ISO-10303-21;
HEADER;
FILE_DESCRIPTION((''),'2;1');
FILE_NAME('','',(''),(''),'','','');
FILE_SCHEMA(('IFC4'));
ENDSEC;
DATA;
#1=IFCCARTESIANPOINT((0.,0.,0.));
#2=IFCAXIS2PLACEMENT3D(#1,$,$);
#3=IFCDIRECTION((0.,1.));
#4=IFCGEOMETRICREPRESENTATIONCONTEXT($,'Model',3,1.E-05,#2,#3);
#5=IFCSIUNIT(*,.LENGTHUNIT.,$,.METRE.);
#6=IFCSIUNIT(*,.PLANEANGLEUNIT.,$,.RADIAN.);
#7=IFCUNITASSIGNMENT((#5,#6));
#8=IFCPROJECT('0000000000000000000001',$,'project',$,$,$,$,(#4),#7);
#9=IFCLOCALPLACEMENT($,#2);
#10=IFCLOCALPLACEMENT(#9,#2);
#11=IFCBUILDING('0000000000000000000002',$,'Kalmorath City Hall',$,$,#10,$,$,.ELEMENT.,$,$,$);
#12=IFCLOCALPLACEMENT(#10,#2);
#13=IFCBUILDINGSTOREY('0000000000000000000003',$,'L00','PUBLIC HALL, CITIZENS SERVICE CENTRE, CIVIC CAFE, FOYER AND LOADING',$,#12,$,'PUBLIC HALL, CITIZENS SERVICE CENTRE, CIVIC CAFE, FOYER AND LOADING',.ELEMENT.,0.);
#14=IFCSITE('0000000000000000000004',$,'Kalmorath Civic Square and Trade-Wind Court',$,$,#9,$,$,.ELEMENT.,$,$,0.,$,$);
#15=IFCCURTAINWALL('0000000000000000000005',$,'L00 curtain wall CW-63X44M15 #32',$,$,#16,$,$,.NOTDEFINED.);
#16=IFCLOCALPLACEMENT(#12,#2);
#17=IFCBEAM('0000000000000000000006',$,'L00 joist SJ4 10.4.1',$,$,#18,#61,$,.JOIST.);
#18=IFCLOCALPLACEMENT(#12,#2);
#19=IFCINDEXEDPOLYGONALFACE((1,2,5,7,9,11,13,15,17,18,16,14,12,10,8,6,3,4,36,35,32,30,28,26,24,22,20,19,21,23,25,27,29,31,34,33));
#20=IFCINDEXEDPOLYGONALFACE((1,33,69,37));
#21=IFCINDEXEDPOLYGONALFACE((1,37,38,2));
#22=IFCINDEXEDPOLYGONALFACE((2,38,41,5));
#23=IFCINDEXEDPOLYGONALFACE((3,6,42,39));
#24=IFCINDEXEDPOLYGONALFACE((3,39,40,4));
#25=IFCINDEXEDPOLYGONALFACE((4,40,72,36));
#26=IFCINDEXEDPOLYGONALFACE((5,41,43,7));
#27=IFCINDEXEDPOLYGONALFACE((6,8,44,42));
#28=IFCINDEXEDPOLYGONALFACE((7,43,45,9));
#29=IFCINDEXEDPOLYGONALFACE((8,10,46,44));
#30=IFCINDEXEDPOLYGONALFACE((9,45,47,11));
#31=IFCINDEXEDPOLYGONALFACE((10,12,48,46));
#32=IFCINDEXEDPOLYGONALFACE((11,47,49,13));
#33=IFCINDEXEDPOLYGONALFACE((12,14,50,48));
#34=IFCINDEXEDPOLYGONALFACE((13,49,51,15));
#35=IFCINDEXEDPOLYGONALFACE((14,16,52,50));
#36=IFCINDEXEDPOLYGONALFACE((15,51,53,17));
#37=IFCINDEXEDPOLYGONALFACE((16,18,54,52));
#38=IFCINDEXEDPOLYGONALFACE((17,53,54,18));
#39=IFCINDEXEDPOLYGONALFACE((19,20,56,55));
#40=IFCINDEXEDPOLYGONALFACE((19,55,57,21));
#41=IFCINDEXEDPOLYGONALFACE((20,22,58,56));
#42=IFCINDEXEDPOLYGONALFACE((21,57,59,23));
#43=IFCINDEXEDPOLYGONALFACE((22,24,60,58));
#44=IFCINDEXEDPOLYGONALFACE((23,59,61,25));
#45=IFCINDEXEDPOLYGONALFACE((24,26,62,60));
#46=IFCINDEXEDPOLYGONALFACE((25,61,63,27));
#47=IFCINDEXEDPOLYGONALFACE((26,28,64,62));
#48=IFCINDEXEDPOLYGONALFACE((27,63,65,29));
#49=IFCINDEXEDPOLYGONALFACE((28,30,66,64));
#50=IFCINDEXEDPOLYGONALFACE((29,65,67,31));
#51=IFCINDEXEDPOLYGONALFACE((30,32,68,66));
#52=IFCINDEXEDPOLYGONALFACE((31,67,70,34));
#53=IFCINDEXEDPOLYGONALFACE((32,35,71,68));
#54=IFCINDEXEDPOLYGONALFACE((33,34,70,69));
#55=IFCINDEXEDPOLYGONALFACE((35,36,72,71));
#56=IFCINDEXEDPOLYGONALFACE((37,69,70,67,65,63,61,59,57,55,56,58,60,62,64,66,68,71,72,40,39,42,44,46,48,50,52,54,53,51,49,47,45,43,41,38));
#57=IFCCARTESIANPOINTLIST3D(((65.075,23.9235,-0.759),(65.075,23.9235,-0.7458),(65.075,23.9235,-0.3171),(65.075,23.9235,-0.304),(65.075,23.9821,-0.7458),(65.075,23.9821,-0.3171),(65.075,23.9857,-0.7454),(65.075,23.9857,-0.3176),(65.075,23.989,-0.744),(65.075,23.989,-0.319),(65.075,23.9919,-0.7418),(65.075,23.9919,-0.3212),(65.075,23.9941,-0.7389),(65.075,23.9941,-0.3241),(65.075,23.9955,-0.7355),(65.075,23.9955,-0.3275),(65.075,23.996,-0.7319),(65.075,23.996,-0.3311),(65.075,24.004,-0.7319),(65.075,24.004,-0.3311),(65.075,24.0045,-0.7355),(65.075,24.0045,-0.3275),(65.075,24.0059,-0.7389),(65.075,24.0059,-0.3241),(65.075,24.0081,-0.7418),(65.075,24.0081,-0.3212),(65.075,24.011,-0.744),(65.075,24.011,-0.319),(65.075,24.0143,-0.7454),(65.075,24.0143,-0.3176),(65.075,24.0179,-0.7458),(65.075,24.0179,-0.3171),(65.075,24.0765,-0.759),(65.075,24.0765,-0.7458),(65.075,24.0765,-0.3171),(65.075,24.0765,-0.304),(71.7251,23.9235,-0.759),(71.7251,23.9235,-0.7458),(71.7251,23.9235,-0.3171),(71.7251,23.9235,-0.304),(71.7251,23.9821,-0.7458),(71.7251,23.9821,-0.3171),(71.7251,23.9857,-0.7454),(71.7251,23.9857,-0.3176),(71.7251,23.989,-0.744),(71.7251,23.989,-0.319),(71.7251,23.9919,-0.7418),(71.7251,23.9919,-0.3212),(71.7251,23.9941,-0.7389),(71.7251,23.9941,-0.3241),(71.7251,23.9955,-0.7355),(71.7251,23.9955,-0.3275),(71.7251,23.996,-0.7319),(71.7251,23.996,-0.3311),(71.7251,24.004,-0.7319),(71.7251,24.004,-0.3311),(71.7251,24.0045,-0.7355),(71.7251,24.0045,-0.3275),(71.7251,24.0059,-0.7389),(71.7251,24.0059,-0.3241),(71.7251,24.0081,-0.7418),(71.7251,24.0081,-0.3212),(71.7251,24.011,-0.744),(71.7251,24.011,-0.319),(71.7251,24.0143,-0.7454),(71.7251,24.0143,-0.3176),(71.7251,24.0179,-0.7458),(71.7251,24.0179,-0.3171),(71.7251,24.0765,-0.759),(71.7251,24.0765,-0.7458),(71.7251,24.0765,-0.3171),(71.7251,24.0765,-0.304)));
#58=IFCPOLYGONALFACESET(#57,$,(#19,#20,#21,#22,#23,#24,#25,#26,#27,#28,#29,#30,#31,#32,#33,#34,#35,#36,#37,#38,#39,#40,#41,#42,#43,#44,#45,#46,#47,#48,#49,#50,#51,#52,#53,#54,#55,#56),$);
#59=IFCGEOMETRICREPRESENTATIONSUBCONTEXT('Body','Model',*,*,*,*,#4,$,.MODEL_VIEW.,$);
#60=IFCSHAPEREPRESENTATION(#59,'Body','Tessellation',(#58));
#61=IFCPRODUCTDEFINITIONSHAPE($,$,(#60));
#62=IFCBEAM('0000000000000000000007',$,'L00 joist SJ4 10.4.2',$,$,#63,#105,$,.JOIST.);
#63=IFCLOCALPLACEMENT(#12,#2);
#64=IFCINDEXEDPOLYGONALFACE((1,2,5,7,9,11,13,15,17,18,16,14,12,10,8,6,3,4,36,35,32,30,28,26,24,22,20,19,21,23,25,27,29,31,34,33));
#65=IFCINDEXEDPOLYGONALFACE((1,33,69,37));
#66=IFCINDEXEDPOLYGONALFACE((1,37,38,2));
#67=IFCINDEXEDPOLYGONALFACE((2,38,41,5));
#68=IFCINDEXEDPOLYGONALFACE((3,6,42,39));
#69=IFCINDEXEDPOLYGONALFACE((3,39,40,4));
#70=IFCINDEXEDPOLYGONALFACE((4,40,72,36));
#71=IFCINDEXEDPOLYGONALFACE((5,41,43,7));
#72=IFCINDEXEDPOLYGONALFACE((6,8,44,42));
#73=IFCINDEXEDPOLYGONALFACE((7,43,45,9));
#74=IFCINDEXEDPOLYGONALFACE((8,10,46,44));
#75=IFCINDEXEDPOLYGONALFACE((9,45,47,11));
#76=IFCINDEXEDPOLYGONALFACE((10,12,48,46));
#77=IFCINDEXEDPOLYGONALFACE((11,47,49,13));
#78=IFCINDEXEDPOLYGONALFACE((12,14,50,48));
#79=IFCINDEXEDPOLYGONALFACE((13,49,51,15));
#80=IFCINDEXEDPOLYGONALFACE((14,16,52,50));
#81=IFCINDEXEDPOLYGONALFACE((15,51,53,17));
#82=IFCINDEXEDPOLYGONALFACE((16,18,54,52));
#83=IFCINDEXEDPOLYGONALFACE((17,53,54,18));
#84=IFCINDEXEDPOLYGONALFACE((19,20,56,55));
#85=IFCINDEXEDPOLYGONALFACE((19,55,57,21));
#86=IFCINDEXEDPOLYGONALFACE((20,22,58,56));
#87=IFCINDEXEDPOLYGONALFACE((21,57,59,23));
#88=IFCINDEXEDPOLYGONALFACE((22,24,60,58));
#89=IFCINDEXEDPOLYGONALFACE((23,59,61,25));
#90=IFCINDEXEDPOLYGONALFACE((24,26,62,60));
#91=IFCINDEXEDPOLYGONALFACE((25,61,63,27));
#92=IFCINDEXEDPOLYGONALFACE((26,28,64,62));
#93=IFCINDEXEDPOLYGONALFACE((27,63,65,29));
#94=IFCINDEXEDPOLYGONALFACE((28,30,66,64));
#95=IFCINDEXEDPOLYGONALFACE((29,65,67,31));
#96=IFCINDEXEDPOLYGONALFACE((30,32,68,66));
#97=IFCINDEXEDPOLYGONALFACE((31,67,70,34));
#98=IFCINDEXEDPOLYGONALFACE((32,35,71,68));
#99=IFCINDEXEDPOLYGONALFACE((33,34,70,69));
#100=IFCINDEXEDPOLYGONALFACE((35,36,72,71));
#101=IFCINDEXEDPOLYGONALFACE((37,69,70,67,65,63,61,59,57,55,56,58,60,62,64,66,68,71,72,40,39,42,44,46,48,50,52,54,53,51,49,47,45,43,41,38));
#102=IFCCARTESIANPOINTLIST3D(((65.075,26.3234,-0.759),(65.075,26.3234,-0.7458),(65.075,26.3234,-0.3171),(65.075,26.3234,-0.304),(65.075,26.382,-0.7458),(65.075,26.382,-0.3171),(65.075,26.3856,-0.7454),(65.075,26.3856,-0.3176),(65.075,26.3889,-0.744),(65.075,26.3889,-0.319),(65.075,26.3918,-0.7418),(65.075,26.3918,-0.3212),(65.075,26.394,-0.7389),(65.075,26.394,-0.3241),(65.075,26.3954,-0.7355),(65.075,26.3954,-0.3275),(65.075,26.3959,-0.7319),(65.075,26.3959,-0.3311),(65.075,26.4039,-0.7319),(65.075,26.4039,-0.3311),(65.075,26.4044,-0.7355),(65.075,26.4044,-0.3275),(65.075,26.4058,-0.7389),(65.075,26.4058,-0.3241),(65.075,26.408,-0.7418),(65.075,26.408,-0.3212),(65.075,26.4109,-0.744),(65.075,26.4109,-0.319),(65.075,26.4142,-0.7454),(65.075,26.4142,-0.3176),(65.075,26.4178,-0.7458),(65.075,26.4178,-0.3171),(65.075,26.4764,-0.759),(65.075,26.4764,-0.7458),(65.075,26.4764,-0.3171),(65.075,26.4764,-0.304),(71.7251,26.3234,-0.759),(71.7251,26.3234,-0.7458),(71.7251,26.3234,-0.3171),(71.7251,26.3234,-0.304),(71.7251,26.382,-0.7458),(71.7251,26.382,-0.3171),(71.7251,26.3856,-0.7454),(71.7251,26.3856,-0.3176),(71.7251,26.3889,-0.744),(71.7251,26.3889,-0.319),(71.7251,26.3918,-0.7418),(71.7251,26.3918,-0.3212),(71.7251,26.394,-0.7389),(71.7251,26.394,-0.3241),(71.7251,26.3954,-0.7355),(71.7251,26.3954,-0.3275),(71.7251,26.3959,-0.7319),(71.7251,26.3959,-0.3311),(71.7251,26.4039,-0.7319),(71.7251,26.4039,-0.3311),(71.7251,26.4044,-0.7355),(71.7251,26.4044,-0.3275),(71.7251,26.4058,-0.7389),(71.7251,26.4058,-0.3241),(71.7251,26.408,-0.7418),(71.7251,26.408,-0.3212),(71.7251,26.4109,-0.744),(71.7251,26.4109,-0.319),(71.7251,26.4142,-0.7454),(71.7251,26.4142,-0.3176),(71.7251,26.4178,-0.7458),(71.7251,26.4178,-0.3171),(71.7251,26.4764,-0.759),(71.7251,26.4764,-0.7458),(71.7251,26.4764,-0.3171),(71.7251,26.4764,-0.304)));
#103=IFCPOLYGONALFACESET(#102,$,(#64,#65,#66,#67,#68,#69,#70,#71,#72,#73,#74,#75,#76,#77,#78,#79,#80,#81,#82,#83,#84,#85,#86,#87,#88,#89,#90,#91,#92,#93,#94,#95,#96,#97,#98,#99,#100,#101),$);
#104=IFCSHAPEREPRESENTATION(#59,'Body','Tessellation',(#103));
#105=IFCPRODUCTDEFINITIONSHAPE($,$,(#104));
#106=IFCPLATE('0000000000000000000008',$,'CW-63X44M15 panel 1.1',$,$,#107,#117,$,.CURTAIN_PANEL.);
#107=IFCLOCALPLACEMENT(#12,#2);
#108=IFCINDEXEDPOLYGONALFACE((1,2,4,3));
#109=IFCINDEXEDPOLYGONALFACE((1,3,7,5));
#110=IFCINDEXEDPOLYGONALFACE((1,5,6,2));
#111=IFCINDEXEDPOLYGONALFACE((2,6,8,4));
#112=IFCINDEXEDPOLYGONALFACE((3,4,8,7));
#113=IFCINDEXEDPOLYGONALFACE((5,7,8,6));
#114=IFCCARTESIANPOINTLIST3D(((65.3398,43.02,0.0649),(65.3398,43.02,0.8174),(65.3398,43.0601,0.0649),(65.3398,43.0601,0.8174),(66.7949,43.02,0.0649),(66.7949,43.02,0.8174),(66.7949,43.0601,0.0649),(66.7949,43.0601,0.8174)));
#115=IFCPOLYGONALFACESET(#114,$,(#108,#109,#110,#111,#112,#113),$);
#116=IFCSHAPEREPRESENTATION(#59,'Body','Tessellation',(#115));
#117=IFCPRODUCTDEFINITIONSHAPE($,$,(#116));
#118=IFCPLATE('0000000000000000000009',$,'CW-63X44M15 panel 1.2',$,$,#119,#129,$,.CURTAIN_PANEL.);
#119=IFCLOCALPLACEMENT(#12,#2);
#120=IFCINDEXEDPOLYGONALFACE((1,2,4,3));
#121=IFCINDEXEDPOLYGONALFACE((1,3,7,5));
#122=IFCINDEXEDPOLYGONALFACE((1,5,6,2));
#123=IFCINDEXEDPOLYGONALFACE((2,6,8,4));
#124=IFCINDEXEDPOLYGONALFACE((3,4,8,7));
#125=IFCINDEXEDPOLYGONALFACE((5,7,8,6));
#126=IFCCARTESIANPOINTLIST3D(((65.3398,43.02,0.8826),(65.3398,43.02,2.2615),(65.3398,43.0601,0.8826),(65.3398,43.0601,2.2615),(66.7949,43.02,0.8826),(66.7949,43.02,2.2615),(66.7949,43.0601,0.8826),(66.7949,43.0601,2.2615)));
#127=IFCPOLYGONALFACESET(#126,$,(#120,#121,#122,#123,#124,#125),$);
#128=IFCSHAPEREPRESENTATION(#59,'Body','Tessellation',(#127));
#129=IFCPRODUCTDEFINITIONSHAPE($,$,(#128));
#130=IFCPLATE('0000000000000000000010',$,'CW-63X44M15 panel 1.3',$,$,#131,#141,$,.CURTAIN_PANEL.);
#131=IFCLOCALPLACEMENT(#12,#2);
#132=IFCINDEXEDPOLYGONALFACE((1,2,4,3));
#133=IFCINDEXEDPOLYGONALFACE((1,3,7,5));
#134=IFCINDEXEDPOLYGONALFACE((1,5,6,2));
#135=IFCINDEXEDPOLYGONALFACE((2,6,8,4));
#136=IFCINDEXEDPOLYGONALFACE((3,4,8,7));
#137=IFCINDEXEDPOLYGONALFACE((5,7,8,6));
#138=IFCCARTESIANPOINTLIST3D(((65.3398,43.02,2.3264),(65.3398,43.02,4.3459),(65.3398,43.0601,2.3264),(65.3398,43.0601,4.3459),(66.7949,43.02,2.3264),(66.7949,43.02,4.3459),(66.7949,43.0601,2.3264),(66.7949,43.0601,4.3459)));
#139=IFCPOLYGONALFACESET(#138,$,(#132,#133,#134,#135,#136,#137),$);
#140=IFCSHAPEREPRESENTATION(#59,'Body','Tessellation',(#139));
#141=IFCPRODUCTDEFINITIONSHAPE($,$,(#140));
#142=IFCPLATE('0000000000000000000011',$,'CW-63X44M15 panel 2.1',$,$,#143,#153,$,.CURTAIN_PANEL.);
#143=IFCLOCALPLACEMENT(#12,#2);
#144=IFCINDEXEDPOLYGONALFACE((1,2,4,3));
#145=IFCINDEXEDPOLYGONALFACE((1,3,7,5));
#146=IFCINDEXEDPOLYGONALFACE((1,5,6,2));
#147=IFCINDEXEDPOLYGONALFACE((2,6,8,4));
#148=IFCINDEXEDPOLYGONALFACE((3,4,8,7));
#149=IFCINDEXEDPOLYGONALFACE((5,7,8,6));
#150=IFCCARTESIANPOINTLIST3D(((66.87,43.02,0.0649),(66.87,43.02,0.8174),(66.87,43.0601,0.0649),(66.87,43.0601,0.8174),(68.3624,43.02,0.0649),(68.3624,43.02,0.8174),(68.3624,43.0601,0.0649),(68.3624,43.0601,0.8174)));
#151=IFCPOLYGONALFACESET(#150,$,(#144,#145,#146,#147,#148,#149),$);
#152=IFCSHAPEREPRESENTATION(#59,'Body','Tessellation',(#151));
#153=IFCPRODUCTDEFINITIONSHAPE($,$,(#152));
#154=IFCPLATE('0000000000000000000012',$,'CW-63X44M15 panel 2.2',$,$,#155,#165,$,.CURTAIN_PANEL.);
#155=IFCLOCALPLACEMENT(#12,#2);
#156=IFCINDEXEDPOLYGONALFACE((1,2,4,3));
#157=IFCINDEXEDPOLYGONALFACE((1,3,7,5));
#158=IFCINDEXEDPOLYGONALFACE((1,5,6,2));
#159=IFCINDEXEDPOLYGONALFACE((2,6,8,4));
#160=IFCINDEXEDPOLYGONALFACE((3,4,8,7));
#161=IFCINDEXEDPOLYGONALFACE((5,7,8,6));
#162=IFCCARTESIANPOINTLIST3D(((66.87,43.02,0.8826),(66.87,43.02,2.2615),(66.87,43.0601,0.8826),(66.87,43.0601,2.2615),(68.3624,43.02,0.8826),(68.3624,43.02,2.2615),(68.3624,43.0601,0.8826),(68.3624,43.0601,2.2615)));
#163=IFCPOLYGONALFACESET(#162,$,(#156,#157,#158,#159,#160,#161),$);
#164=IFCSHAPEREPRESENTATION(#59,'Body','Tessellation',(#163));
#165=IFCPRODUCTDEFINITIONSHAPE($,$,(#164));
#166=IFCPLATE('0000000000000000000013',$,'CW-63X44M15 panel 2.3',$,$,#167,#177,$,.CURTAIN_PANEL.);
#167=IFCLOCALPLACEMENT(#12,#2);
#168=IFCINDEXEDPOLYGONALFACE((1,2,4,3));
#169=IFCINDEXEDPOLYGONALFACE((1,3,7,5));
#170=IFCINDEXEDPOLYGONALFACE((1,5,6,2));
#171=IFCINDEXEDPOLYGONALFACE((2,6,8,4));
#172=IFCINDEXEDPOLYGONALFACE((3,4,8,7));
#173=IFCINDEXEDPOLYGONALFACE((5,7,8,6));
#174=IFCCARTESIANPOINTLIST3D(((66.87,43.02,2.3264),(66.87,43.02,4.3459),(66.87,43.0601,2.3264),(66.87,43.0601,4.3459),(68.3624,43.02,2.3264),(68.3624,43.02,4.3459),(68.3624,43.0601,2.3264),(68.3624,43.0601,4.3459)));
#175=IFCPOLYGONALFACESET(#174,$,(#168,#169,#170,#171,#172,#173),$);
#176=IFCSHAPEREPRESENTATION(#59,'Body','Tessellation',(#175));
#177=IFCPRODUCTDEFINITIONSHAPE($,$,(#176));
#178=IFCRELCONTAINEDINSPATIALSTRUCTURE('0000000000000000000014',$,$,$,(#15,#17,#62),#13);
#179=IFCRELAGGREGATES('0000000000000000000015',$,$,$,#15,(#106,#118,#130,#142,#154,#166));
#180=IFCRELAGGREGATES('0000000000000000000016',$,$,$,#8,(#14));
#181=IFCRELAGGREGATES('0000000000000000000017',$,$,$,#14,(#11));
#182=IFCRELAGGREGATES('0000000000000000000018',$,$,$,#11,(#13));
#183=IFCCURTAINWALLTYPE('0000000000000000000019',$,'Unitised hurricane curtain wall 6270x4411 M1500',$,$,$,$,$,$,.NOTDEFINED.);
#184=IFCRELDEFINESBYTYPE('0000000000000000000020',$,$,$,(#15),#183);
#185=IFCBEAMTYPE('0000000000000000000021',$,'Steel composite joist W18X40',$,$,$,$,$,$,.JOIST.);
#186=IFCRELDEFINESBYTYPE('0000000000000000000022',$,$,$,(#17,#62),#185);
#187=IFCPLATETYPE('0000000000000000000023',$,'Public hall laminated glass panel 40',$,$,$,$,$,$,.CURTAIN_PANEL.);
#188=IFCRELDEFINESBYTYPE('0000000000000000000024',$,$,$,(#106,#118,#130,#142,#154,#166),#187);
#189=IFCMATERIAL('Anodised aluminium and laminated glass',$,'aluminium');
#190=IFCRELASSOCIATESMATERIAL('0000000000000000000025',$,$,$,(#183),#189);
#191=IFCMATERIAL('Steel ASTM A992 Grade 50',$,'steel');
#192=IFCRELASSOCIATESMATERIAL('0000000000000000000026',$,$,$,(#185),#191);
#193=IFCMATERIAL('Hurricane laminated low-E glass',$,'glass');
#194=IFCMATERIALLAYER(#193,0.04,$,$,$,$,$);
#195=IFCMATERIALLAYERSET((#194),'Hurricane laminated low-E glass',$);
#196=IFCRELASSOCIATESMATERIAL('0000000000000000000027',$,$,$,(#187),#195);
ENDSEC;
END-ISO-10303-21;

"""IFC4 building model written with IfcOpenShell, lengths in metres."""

from ifc_helpers import new_model, si_unit, direction, frame, origin, origin_2d, place, context, subcontext, project, spatial, rectangle, i_section, extrude, material, layer, layer_set, material_profile, profile_set, type_object, element, aggregate, save


model = new_model("IFC4")

# Units and contexts
model_context = context("Model", 3, precision=1e-05, world=origin(), true_north=direction((0.0, 1.0)))
body_context = subcontext(model_context, "Body", "Model", "MODEL_VIEW")
ifc_project = project(units=[si_unit("LENGTHUNIT", "METRE"), si_unit("PLANEANGLEUNIT", "RADIAN")], contexts=[model_context])

# Site, building, storey
site_placement = place(None, origin())
site = spatial("IfcSite", under=ifc_project, at=site_placement, Name="Kalmorath Civic Square and Trade-Wind Court", CompositionType="ELEMENT", RefElevation=0.0)
building_placement = place(site_placement, origin())
building = spatial("IfcBuilding", under=site, at=building_placement, Name="Kalmorath City Hall", CompositionType="ELEMENT")
storey_placement = place(building_placement, origin())
storey = spatial("IfcBuildingStorey", under=building, at=storey_placement, Name="L00", Description="PUBLIC HALL, CITIZENS SERVICE CENTRE, CIVIC CAFE, FOYER AND LOADING", LongName="PUBLIC HALL, CITIZENS SERVICE CENTRE, CIVIC CAFE, FOYER AND LOADING", CompositionType="ELEMENT", Elevation=0.0)

# Curtain wall
ifc_material_1 = material(Name="Anodised aluminium and laminated glass", Category="aluminium")
curtain_wall_type = type_object("IfcCurtainWallType", Name="Unitised hurricane curtain wall 6270x4411 M1500", PredefinedType="NOTDEFINED", material=ifc_material_1)
curtain_wall_placement = place(storey_placement, origin())
curtain_wall = element("IfcCurtainWall", 1, at=curtain_wall_placement, inside=storey, type_object=curtain_wall_type, Name="L00 curtain wall CW-63X44M15 #32", PredefinedType="NOTDEFINED")

# Beams
ifc_material_2 = material(Name="Steel ASTM A992 Grade 50", Category="steel")
ifc_material_profile_1 = material_profile(ifc_material_2, i_section(OverallWidth=0.1531, OverallDepth=0.4551, WebThickness=0.0081, FlangeThickness=0.0132, FilletRadius=0.0139, at=origin_2d()), Name="W18X40")
ifc_profile_set_1 = profile_set([ifc_material_profile_1], Name="Steel ASTM A992 Grade 50")
beam_type_1 = type_object("IfcBeamType", Name="Steel composite joist W18X40", PredefinedType="JOIST", material=ifc_profile_set_1)
for number, where, z_axis, x_axis, name in (
    (2, (65.075, 24.0, -0.5315), (1.0, 0.0, 0.0), (0.0, 1.0, 0.0), "L00 joist SJ4 10.4.1"),
    (3, (65.075, 26.3999, -0.5315), (1.0, 0.0, 0.0), (0.0, 1.0, 0.0), "L00 joist SJ4 10.4.2"),
):
    element("IfcBeam", number, at=place(storey_placement, frame(where, z_axis=z_axis, x_axis=x_axis)), inside=storey, type_object=beam_type_1, Name=name, PredefinedType="JOIST", context=body_context, shape_type="SweptSolid", body=[
        extrude(i_section(OverallWidth=0.1531, OverallDepth=0.4551, WebThickness=0.0081, FlangeThickness=0.0132, FilletRadius=0.0139, at=origin_2d()), origin(), (0.0, 0.0, 1.0), 6.6501),
    ])

# Plates
ifc_material_3 = material(Name="Hurricane laminated low-E glass", Category="glass")
ifc_layer = layer(ifc_material_3, 0.04)
ifc_layer_set = layer_set([ifc_layer], Name="Hurricane laminated low-E glass")
plate_type = type_object("IfcPlateType", Name="Public hall laminated glass panel 40", PredefinedType="CURTAIN_PANEL", material=ifc_layer_set)
plate_1_placement = place(storey_placement, frame((66.0674, 43.04, 0.0649), z_axis=(0.0, 0.0, 1.0), x_axis=(1.0, 0.0, 0.0)))
plate_1 = element("IfcPlate", 4, at=plate_1_placement, type_object=plate_type, Name="CW-63X44M15 panel 1.1", PredefinedType="CURTAIN_PANEL", context=body_context, shape_type="SweptSolid", body=[
    extrude(rectangle(XDim=1.4551, YDim=0.04, at=origin_2d()), origin(), (0.0, 0.0, 1.0), 0.7524),
])
plate_2_placement = place(storey_placement, frame((66.0674, 43.04, 0.8826), z_axis=(0.0, 0.0, 1.0), x_axis=(1.0, 0.0, 0.0)))
plate_2 = element("IfcPlate", 5, at=plate_2_placement, type_object=plate_type, Name="CW-63X44M15 panel 1.2", PredefinedType="CURTAIN_PANEL", context=body_context, shape_type="SweptSolid", body=[
    extrude(rectangle(XDim=1.4551, YDim=0.04, at=origin_2d()), origin(), (0.0, 0.0, 1.0), 1.3789),
])
plate_3_placement = place(storey_placement, frame((66.0674, 43.04, 2.3264), z_axis=(0.0, 0.0, 1.0), x_axis=(1.0, 0.0, 0.0)))
plate_3 = element("IfcPlate", 6, at=plate_3_placement, type_object=plate_type, Name="CW-63X44M15 panel 1.3", PredefinedType="CURTAIN_PANEL", context=body_context, shape_type="SweptSolid", body=[
    extrude(rectangle(XDim=1.4551, YDim=0.04, at=origin_2d()), origin(), (0.0, 0.0, 1.0), 2.0195),
])
plate_4_placement = place(storey_placement, frame((67.6162, 43.04, 0.0649), z_axis=(0.0, 0.0, 1.0), x_axis=(1.0, 0.0, 0.0)))
plate_4 = element("IfcPlate", 7, at=plate_4_placement, type_object=plate_type, Name="CW-63X44M15 panel 2.1", PredefinedType="CURTAIN_PANEL", context=body_context, shape_type="SweptSolid", body=[
    extrude(rectangle(XDim=1.4924, YDim=0.04, at=origin_2d()), origin(), (0.0, 0.0, 1.0), 0.7524),
])
plate_5_placement = place(storey_placement, frame((67.6162, 43.04, 0.8826), z_axis=(0.0, 0.0, 1.0), x_axis=(1.0, 0.0, 0.0)))
plate_5 = element("IfcPlate", 8, at=plate_5_placement, type_object=plate_type, Name="CW-63X44M15 panel 2.2", PredefinedType="CURTAIN_PANEL", context=body_context, shape_type="SweptSolid", body=[
    extrude(rectangle(XDim=1.4924, YDim=0.04, at=origin_2d()), origin(), (0.0, 0.0, 1.0), 1.3789),
])
plate_6_placement = place(storey_placement, frame((67.6162, 43.04, 2.3264), z_axis=(0.0, 0.0, 1.0), x_axis=(1.0, 0.0, 0.0)))
plate_6 = element("IfcPlate", 9, at=plate_6_placement, type_object=plate_type, Name="CW-63X44M15 panel 2.3", PredefinedType="CURTAIN_PANEL", context=body_context, shape_type="SweptSolid", body=[
    extrude(rectangle(XDim=1.4924, YDim=0.04, at=origin_2d()), origin(), (0.0, 0.0, 1.0), 2.0195),
])
aggregate(curtain_wall, [plate_1, plate_2, plate_3, plate_4, plate_5, plate_6])

save(model, "model.ifc")
